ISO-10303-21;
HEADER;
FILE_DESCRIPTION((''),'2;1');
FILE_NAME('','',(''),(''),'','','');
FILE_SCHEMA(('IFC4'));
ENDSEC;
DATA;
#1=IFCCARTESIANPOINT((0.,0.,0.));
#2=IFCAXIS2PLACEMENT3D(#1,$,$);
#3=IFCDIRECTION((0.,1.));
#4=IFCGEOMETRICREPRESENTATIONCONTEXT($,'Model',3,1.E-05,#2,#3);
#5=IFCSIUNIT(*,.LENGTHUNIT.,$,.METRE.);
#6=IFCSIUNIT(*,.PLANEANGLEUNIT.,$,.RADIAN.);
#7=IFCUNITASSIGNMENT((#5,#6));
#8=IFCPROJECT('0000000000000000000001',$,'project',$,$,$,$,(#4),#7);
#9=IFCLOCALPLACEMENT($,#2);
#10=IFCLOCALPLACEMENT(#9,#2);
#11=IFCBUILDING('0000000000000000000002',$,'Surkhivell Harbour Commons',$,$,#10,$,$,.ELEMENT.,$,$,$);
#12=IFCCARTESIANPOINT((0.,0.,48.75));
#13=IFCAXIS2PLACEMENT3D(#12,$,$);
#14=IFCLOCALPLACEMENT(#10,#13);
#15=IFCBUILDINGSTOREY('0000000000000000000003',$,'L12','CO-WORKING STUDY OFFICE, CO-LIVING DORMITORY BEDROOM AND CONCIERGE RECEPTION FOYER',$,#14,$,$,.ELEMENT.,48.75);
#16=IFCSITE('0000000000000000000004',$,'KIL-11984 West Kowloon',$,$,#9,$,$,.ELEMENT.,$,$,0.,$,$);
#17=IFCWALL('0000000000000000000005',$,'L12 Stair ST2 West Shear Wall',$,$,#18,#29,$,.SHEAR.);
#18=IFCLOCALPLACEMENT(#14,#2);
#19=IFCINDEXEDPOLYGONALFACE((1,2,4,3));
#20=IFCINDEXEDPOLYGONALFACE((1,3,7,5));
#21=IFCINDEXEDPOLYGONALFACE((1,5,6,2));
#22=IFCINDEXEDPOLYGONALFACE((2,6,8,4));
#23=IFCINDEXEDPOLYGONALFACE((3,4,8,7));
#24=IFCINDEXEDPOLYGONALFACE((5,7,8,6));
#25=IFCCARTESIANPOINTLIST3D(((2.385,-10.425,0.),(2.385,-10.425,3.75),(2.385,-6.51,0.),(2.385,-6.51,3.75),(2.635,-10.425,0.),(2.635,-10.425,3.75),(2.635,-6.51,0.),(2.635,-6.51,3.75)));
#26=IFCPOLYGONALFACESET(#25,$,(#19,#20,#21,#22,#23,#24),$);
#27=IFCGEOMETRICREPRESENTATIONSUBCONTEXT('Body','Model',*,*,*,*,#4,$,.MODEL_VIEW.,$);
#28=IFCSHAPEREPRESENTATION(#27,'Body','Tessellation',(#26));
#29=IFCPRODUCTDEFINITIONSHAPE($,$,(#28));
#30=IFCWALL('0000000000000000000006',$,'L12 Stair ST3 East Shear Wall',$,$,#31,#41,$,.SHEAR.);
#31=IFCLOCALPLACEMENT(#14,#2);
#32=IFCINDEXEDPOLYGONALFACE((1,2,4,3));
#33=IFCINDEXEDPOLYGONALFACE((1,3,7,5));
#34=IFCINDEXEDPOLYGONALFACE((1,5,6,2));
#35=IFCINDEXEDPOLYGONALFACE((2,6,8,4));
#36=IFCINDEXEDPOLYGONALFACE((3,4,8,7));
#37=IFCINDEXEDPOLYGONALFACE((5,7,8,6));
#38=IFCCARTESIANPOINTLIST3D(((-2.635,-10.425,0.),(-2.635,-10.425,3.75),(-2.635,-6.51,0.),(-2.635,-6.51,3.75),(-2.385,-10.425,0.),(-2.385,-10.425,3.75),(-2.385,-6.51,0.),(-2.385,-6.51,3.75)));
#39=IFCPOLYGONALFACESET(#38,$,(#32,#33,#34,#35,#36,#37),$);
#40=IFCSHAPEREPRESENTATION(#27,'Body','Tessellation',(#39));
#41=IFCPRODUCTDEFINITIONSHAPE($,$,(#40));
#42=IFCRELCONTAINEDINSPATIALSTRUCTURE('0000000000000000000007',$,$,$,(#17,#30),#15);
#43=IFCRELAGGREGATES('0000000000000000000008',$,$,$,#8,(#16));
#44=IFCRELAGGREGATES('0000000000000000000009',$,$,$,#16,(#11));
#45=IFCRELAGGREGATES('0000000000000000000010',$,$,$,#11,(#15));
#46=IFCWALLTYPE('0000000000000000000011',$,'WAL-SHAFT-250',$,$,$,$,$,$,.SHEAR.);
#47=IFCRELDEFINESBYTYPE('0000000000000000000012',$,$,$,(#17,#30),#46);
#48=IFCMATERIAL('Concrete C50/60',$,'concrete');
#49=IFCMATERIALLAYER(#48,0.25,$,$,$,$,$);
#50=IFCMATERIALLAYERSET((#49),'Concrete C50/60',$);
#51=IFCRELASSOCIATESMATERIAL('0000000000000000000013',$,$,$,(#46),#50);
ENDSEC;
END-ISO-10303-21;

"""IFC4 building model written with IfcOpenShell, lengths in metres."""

from ifc_helpers import new_model, si_unit, direction, frame, frame_2d, origin, place, context, subcontext, project, spatial, rectangle, extrude, material, layer, layer_set, type_object, element, save


model = new_model("IFC4")

# Units and contexts
model_context = context("Model", 3, precision=1e-05, world=origin(), true_north=direction((0.0, 1.0)))
body_context = subcontext(model_context, "Body", "Model", "MODEL_VIEW")
ifc_project = project(units=[si_unit("LENGTHUNIT", "METRE"), si_unit("PLANEANGLEUNIT", "RADIAN")], contexts=[model_context])

# Site, building, storey
site_placement = place(None, origin())
site = spatial("IfcSite", under=ifc_project, at=site_placement, Name="KIL-11984 West Kowloon", CompositionType="ELEMENT", RefElevation=0.0)
building_placement = place(site_placement, origin())
building = spatial("IfcBuilding", under=site, at=building_placement, Name="Surkhivell Harbour Commons", CompositionType="ELEMENT")
storey_placement = place(building_placement, frame((0.0, 0.0, 48.75)))
storey = spatial("IfcBuildingStorey", under=building, at=storey_placement, Name="L12", Description="CO-WORKING STUDY OFFICE, CO-LIVING DORMITORY BEDROOM AND CONCIERGE RECEPTION FOYER", CompositionType="ELEMENT", Elevation=48.75)

# Shared definitions
ifc_material_1 = material(Name="Concrete C50/60", Category="concrete")
ifc_layer_1 = layer(ifc_material_1, 0.25)
ifc_layer_set_1 = layer_set([ifc_layer_1], Name="Concrete C50/60")
wall_type_1 = type_object("IfcWallType", Name="WAL-SHAFT-250", PredefinedType="SHEAR", material=ifc_layer_set_1)

# Walls
for number, where, z_axis, x_axis, name in (
    (1, (2.51, -10.425, 0.0), (0.0, 0.0, 1.0), (0.0, 1.0, 0.0), "L12 Stair ST2 West Shear Wall"),
    (2, (-2.51, -10.425, 0.0), (0.0, 0.0, 1.0), (0.0, 1.0, 0.0), "L12 Stair ST3 East Shear Wall"),
):
    element("IfcWall", number, at=place(storey_placement, frame(where, z_axis=z_axis, x_axis=x_axis)), inside=storey, type_object=wall_type_1, Name=name, PredefinedType="SHEAR", context=body_context, shape_type="SweptSolid", body=[
        extrude(rectangle(XDim=3.915, YDim=0.25, at=frame_2d((1.9575, 0.0))), origin(), (0.0, 0.0, 1.0), 3.75),
    ])

save(model, "model.ifc")
